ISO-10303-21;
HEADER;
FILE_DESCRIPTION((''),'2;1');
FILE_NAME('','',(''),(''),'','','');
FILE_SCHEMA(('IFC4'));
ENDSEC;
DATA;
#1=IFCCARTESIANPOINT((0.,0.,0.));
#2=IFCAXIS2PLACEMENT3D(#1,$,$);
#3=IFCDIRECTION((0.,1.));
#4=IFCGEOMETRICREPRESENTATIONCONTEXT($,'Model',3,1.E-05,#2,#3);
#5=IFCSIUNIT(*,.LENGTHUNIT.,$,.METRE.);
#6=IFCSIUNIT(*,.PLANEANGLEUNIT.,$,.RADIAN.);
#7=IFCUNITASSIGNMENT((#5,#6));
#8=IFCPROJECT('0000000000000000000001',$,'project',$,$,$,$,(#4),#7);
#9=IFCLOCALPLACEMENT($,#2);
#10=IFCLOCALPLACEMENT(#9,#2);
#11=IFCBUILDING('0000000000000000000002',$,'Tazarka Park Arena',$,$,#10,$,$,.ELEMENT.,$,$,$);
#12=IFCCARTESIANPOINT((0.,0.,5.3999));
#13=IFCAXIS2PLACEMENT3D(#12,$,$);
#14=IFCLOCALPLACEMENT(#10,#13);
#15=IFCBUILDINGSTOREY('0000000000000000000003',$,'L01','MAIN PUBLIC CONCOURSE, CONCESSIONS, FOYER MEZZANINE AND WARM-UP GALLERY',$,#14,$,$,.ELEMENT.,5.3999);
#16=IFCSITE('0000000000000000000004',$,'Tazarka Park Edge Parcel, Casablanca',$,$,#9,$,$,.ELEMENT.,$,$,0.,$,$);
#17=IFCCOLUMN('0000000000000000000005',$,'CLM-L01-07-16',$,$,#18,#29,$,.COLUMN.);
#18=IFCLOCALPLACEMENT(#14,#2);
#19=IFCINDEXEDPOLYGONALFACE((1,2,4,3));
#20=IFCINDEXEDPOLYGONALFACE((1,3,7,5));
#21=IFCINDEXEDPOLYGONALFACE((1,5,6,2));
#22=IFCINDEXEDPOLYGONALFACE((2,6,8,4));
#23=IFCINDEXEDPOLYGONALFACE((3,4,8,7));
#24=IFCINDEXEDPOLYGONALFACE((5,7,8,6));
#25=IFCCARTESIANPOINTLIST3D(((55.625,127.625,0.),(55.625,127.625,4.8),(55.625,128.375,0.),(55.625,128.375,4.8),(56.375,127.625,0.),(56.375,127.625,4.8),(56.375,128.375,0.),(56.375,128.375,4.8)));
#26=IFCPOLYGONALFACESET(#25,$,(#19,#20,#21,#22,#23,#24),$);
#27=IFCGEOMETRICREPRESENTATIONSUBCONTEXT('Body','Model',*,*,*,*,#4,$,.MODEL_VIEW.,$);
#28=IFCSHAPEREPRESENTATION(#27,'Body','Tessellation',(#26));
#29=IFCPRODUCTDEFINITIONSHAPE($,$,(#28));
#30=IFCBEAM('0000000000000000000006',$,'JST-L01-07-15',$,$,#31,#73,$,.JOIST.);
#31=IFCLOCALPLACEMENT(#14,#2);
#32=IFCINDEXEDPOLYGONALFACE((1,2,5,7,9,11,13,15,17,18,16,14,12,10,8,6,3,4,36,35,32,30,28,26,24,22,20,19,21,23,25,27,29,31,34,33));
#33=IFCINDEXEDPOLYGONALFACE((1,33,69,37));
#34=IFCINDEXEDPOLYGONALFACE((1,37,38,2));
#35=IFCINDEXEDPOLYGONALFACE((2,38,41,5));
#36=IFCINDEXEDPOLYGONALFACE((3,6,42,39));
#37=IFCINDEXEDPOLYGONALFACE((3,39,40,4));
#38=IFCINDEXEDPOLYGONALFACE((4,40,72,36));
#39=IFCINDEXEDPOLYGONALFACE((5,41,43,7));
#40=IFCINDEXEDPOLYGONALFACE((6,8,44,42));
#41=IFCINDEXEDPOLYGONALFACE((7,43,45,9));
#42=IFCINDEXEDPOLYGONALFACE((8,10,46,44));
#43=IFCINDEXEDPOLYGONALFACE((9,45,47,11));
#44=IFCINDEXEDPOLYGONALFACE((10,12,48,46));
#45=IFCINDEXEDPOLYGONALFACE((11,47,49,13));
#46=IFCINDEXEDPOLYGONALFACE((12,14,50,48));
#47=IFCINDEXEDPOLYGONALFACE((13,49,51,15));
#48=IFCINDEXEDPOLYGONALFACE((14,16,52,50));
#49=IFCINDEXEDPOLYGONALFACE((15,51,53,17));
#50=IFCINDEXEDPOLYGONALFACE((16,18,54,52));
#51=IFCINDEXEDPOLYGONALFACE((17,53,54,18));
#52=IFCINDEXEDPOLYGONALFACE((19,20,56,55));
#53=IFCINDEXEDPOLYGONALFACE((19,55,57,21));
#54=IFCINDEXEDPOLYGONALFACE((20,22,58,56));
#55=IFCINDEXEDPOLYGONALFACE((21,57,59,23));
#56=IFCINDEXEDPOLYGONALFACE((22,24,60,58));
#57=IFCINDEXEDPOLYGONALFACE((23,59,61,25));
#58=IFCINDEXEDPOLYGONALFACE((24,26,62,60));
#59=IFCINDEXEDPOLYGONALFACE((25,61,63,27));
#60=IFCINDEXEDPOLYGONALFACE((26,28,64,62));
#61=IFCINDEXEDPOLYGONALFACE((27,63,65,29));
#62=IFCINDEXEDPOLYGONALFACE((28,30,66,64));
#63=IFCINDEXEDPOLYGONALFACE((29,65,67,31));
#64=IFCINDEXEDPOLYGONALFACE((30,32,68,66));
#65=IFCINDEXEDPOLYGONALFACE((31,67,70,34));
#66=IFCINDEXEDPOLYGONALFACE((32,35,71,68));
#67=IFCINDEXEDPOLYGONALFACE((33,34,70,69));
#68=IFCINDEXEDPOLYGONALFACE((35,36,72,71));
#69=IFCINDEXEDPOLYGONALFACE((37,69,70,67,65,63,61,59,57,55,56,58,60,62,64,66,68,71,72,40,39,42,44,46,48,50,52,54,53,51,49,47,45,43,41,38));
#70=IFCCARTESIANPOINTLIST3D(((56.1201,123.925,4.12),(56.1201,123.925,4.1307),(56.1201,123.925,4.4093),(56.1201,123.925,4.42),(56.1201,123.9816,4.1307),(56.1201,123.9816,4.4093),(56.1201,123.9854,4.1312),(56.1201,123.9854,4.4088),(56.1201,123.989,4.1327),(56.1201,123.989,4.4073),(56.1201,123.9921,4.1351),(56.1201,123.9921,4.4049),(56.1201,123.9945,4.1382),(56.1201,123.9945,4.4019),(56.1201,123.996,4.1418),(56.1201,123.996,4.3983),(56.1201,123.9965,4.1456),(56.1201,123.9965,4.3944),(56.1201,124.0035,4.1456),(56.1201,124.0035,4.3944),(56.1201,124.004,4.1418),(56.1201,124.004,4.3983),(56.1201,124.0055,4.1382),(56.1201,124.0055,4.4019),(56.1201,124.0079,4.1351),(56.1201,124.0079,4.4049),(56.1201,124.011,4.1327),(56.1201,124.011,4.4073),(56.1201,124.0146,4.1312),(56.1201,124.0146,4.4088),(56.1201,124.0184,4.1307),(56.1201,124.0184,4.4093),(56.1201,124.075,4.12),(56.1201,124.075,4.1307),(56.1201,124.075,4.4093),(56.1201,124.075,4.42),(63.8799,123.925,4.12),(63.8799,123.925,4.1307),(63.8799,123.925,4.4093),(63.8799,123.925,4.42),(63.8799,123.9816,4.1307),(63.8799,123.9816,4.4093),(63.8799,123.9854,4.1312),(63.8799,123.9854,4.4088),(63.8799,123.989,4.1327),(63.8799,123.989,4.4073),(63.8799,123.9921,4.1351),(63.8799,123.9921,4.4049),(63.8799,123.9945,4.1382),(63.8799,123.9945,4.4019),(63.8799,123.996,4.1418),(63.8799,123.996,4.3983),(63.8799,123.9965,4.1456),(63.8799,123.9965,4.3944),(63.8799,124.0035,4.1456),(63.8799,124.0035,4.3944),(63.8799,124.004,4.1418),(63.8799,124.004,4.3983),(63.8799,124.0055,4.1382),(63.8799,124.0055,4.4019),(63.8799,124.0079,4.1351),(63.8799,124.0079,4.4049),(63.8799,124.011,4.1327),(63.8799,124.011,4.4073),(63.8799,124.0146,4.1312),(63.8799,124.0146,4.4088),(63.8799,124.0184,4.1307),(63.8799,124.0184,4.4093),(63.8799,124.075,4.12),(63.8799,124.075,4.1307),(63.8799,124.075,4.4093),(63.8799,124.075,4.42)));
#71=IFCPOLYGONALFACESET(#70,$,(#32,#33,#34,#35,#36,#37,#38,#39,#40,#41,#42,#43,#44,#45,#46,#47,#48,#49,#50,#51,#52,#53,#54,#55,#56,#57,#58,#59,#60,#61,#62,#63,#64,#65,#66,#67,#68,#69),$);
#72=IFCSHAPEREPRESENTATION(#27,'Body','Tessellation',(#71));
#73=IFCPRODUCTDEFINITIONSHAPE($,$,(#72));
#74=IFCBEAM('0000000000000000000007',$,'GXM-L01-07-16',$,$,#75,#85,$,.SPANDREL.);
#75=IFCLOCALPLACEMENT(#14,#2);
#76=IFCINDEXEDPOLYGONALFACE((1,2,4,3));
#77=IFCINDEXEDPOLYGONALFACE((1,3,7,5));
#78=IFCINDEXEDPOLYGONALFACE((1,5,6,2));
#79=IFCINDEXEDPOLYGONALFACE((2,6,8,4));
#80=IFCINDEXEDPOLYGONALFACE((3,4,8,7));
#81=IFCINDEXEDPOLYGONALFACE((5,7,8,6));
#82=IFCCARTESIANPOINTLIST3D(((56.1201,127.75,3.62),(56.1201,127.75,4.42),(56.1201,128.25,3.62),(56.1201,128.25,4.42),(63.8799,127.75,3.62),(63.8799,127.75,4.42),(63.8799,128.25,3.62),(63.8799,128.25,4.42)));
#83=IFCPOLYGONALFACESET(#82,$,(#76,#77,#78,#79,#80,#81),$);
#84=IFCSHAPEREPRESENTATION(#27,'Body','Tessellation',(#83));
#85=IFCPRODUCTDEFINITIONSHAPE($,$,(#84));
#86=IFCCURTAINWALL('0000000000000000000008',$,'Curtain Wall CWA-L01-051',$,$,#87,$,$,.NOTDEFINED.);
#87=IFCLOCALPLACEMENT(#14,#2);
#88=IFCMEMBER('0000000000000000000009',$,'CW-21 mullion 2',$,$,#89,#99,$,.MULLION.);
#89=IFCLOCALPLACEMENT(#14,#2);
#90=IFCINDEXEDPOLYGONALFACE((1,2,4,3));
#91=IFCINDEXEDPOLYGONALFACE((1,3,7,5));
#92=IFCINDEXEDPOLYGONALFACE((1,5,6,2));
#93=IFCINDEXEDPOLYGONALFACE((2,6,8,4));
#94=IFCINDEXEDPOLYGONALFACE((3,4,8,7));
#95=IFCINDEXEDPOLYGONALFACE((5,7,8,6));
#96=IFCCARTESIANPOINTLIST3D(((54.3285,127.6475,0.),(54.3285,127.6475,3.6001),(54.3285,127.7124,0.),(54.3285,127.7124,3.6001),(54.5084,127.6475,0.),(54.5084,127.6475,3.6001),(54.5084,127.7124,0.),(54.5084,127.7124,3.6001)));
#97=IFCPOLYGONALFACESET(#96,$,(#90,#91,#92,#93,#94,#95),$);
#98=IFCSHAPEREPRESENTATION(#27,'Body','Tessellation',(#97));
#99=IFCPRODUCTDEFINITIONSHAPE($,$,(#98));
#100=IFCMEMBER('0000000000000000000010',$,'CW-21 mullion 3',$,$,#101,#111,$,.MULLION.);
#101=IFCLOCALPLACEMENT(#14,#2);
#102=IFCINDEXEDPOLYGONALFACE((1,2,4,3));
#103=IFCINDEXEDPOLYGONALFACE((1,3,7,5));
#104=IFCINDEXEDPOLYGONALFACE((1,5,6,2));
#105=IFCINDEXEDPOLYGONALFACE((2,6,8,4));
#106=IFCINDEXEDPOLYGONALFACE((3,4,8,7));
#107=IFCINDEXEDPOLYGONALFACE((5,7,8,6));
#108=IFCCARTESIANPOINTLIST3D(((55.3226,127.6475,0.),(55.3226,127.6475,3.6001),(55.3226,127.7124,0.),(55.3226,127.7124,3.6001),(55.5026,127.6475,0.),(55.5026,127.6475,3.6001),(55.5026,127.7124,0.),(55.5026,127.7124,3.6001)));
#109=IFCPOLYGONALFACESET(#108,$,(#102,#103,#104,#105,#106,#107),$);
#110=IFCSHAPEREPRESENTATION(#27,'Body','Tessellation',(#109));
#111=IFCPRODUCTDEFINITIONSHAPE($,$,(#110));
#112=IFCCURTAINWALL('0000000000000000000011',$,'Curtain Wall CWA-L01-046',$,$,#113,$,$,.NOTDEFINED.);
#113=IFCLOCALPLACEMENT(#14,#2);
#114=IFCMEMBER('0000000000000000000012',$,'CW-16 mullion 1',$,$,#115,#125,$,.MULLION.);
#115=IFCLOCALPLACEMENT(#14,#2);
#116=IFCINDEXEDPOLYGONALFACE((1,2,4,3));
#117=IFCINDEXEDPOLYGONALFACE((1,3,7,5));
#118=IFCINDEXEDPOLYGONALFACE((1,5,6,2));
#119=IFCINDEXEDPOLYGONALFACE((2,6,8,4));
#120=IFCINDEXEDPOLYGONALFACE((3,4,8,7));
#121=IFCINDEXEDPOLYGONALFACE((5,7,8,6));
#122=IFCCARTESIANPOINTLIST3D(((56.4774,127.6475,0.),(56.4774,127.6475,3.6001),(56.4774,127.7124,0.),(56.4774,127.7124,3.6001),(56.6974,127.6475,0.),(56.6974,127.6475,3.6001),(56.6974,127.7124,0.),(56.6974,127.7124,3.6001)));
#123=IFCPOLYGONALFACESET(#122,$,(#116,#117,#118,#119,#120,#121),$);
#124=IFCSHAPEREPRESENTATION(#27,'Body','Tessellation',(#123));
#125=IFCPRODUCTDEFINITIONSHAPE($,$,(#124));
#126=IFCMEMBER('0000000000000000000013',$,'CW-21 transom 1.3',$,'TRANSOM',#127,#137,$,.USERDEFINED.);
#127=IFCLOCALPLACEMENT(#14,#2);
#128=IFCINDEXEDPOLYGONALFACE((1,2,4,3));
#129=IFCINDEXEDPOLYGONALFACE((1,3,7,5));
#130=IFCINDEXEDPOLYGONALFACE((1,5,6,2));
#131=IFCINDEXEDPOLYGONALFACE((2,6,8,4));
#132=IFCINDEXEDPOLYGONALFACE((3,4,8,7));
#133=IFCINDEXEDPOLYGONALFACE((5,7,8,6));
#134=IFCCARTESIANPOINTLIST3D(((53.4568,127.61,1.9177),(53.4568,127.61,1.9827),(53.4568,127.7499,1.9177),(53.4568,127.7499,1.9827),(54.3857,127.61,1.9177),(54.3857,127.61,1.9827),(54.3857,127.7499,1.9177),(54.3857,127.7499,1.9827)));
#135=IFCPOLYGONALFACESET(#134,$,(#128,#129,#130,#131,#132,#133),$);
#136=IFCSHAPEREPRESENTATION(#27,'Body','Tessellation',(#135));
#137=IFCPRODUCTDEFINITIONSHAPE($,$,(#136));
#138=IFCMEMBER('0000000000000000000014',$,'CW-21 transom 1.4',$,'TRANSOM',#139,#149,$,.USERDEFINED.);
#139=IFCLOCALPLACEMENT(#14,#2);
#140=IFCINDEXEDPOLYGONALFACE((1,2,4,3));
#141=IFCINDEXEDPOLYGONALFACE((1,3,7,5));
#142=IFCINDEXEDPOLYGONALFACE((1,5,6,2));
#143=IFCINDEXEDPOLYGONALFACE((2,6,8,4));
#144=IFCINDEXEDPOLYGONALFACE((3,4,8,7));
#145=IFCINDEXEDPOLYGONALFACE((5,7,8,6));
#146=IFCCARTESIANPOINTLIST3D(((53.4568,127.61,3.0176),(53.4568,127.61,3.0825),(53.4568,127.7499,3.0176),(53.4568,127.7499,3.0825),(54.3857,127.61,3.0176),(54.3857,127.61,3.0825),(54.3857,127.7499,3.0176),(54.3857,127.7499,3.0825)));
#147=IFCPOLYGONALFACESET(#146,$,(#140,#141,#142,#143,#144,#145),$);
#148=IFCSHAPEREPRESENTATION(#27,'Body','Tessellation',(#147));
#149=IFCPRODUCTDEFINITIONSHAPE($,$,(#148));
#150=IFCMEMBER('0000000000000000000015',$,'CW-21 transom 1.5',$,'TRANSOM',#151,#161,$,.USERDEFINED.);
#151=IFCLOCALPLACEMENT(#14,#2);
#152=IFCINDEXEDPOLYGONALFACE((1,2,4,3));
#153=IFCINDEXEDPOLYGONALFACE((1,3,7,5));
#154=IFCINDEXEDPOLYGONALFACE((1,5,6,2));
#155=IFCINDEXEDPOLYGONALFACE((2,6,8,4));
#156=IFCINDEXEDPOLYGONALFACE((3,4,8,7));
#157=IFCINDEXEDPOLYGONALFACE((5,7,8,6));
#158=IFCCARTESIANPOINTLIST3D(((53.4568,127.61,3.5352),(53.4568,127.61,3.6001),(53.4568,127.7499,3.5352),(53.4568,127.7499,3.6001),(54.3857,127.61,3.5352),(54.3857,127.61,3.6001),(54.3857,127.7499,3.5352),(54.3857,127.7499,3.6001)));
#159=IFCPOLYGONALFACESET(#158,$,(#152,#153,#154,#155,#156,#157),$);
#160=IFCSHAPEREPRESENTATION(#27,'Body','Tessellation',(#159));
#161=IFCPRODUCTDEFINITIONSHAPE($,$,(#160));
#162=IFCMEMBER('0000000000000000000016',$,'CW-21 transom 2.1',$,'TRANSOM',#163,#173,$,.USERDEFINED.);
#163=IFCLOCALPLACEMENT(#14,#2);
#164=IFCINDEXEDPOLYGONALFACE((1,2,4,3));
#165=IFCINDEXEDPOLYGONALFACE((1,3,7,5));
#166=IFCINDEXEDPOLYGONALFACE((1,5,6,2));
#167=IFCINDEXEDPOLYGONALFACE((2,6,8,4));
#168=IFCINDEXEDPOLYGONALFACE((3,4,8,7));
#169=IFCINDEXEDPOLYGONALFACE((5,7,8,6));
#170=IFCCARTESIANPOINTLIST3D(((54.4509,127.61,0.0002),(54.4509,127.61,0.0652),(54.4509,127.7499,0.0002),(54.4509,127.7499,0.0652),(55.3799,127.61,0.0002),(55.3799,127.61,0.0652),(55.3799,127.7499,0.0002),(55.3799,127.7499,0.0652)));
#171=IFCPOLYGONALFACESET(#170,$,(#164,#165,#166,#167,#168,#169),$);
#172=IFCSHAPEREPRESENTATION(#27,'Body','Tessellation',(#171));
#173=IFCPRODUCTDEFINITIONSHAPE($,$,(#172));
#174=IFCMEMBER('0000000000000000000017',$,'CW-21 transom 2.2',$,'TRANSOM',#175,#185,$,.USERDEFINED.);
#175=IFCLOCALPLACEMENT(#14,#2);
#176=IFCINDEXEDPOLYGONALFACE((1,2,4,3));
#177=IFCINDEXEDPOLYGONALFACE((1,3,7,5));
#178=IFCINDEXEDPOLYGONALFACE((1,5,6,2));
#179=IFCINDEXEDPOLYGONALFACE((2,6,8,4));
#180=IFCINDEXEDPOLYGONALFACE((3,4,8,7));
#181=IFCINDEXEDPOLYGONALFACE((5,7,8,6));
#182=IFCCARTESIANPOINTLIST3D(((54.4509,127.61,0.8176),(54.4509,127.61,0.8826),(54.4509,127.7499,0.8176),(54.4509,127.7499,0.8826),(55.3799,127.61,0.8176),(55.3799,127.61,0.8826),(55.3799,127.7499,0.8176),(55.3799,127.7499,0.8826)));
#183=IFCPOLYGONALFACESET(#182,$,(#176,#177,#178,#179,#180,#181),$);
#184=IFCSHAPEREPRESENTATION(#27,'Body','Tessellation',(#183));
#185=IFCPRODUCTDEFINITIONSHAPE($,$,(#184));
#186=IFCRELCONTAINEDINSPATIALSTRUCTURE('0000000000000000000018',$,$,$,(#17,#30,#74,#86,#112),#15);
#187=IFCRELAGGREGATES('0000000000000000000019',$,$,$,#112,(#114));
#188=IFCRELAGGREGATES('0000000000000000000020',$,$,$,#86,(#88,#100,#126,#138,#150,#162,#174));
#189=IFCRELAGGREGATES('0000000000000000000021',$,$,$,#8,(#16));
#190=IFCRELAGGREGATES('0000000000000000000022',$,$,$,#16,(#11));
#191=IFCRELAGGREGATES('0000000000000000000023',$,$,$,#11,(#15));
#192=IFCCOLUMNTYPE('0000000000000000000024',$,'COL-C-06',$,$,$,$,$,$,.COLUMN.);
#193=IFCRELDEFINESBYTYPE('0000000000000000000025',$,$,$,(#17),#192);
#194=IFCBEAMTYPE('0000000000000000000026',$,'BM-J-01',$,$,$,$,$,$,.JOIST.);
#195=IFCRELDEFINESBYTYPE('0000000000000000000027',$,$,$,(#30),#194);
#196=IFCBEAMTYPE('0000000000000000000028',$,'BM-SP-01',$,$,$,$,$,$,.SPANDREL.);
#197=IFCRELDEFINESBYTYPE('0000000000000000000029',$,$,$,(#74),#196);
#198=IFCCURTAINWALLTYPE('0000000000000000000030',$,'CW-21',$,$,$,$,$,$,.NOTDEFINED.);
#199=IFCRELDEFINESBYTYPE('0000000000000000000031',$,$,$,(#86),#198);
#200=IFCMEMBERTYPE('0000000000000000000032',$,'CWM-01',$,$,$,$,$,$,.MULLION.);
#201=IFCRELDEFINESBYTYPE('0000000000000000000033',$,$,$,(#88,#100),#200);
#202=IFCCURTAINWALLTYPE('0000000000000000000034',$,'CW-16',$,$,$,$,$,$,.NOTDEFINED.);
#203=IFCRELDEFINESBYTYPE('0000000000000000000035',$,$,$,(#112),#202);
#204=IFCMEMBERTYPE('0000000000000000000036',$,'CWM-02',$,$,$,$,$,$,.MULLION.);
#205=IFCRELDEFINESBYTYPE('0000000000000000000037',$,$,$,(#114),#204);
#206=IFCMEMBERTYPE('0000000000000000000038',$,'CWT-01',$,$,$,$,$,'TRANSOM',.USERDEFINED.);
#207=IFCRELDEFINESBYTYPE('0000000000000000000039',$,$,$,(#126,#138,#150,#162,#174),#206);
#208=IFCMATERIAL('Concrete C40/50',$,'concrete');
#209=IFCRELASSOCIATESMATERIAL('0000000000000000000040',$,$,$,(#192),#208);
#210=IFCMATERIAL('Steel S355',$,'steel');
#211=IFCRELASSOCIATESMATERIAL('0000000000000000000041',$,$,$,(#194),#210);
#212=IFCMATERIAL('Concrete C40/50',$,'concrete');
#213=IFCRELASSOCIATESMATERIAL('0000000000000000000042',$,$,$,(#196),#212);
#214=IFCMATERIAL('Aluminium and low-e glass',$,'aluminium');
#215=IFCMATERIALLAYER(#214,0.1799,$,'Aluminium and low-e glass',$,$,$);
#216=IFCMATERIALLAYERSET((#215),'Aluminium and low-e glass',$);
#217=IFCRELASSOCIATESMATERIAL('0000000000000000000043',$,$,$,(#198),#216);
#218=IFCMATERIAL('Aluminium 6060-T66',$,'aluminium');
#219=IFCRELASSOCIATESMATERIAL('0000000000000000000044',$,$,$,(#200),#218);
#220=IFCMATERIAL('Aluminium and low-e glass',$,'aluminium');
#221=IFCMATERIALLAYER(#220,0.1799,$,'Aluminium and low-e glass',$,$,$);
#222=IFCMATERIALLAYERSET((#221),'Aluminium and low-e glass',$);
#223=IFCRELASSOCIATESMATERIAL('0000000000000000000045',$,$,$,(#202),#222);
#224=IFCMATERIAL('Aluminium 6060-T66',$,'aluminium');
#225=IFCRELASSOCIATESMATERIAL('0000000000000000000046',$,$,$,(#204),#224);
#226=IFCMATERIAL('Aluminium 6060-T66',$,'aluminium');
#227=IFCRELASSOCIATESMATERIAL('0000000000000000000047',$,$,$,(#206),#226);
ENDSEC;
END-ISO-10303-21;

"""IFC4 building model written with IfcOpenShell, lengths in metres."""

from ifc_helpers import new_model, si_unit, direction, frame, origin, origin_2d, place, context, subcontext, project, spatial, rectangle, i_section, extrude, material, layer, layer_set, material_profile, profile_set, type_object, element, aggregate, save


model = new_model("IFC4")

# Units and contexts
model_context = context("Model", 3, precision=1e-05, world=origin(), true_north=direction((0.0, 1.0)))
body_context = subcontext(model_context, "Body", "Model", "MODEL_VIEW")
ifc_project = project(units=[si_unit("LENGTHUNIT", "METRE"), si_unit("PLANEANGLEUNIT", "RADIAN")], contexts=[model_context])

# Site, building, storey
site_placement = place(None, origin())
site = spatial("IfcSite", under=ifc_project, at=site_placement, Name="Tazarka Park Edge Parcel, Casablanca", CompositionType="ELEMENT", RefElevation=0.0)
building_placement = place(site_placement, origin())
building = spatial("IfcBuilding", under=site, at=building_placement, Name="Tazarka Park Arena", CompositionType="ELEMENT")
storey_placement = place(building_placement, frame((0.0, 0.0, 5.3999)))
storey = spatial("IfcBuildingStorey", under=building, at=storey_placement, Name="L01", Description="MAIN PUBLIC CONCOURSE, CONCESSIONS, FOYER MEZZANINE AND WARM-UP GALLERY", CompositionType="ELEMENT", Elevation=5.3999)

# Column
ifc_material_1 = material(Name="Concrete C40/50", Category="concrete")
ifc_material_profile_1 = material_profile(ifc_material_1, rectangle(XDim=0.75, YDim=0.75, at=origin_2d()), Name="Concrete C40/50")
ifc_profile_set_1 = profile_set([ifc_material_profile_1], Name="Concrete C40/50")
column_type = type_object("IfcColumnType", Name="COL-C-06", PredefinedType="COLUMN", material=ifc_profile_set_1)
column_placement = place(storey_placement, frame((56.0, 128.0, 0.0), z_axis=(0.0, 0.0, 1.0), x_axis=(1.0, 0.0, 0.0)))
element("IfcColumn", 1, at=column_placement, inside=storey, type_object=column_type, Name="CLM-L01-07-16", PredefinedType="COLUMN", context=body_context, shape_type="SweptSolid", body=[
    extrude(rectangle(XDim=0.75, YDim=0.75, at=origin_2d()), origin(), (0.0, 0.0, 1.0), 4.8),
])

# Beams
ifc_material_2 = material(Name="Steel S355", Category="steel")
ifc_material_profile_2 = material_profile(ifc_material_2, i_section(OverallWidth=0.1499, OverallDepth=0.3, WebThickness=0.0071, FlangeThickness=0.0107, FilletRadius=0.0149, at=origin_2d()), Name="Steel S355")
ifc_profile_set_2 = profile_set([ifc_material_profile_2], Name="Steel S355")
beam_type_1 = type_object("IfcBeamType", Name="BM-J-01", PredefinedType="JOIST", material=ifc_profile_set_2)
beam_1_placement = place(storey_placement, frame((56.1201, 124.0, 4.27), z_axis=(1.0, 0.0, 0.0), x_axis=(0.0, 1.0, 0.0)))
element("IfcBeam", 2, at=beam_1_placement, inside=storey, type_object=beam_type_1, Name="JST-L01-07-15", PredefinedType="JOIST", context=body_context, shape_type="SweptSolid", body=[
    extrude(i_section(OverallWidth=0.1499, OverallDepth=0.3, WebThickness=0.0071, FlangeThickness=0.0107, FilletRadius=0.0149, at=origin_2d()), origin(), (0.0, 0.0, 1.0), 7.7598),
])
ifc_material_3 = material(Name="Concrete C40/50", Category="concrete")
ifc_material_profile_3 = material_profile(ifc_material_3, rectangle(XDim=0.5, YDim=0.8, at=origin_2d()), Name="Concrete C40/50")
ifc_profile_set_3 = profile_set([ifc_material_profile_3], Name="Concrete C40/50")
beam_type_2 = type_object("IfcBeamType", Name="BM-SP-01", PredefinedType="SPANDREL", material=ifc_profile_set_3)
beam_2_placement = place(storey_placement, frame((56.1201, 128.0, 4.02), z_axis=(1.0, 0.0, 0.0), x_axis=(0.0, 1.0, 0.0)))
element("IfcBeam", 3, at=beam_2_placement, inside=storey, type_object=beam_type_2, Name="GXM-L01-07-16", PredefinedType="SPANDREL", context=body_context, shape_type="SweptSolid", body=[
    extrude(rectangle(XDim=0.5, YDim=0.8, at=origin_2d()), origin(), (0.0, 0.0, 1.0), 7.7598),
])

# Curtain wall, members
ifc_material_4 = material(Name="Aluminium and low-e glass", Category="aluminium")
ifc_layer_1 = layer(ifc_material_4, 0.1799, Name="Aluminium and low-e glass")
ifc_layer_set_1 = layer_set([ifc_layer_1], Name="Aluminium and low-e glass")
curtain_wall_type_1 = type_object("IfcCurtainWallType", Name="CW-21", PredefinedType="NOTDEFINED", material=ifc_layer_set_1)
curtain_wall_1_placement = place(storey_placement, origin())
curtain_wall_1 = element("IfcCurtainWall", 4, at=curtain_wall_1_placement, inside=storey, type_object=curtain_wall_type_1, Name="Curtain Wall CWA-L01-051", PredefinedType="NOTDEFINED")
ifc_material_5 = material(Name="Aluminium 6060-T66", Category="aluminium")
ifc_material_profile_4 = material_profile(ifc_material_5, rectangle(XDim=0.0649, YDim=0.1799, at=origin_2d()), Name="Aluminium 6060-T66")
ifc_profile_set_4 = profile_set([ifc_material_profile_4], Name="Aluminium 6060-T66")
member_type_1 = type_object("IfcMemberType", Name="CWM-01", PredefinedType="MULLION", material=ifc_profile_set_4)
member_1_placement = place(storey_placement, frame((54.4185, 127.6799, 0.0), z_axis=(0.0, 0.0, 1.0), x_axis=(0.0, 1.0, 0.0)))
member_1 = element("IfcMember", 5, at=member_1_placement, type_object=member_type_1, Name="CW-21 mullion 2", PredefinedType="MULLION", context=body_context, shape_type="SweptSolid", body=[
    extrude(rectangle(XDim=0.0649, YDim=0.1799, at=origin_2d()), origin(), (0.0, 0.0, 1.0), 3.6001),
])
member_2_placement = place(storey_placement, frame((55.4126, 127.6799, 0.0), z_axis=(0.0, 0.0, 1.0), x_axis=(0.0, 1.0, 0.0)))
member_2 = element("IfcMember", 6, at=member_2_placement, type_object=member_type_1, Name="CW-21 mullion 3", PredefinedType="MULLION", context=body_context, shape_type="SweptSolid", body=[
    extrude(rectangle(XDim=0.0649, YDim=0.1799, at=origin_2d()), origin(), (0.0, 0.0, 1.0), 3.6001),
])

# Curtain wall, member
ifc_material_6 = material(Name="Aluminium and low-e glass", Category="aluminium")
ifc_layer_2 = layer(ifc_material_6, 0.1799, Name="Aluminium and low-e glass")
ifc_layer_set_2 = layer_set([ifc_layer_2], Name="Aluminium and low-e glass")
curtain_wall_type_2 = type_object("IfcCurtainWallType", Name="CW-16", PredefinedType="NOTDEFINED", material=ifc_layer_set_2)
curtain_wall_2_placement = place(storey_placement, origin())
curtain_wall_2 = element("IfcCurtainWall", 7, at=curtain_wall_2_placement, inside=storey, type_object=curtain_wall_type_2, Name="Curtain Wall CWA-L01-046", PredefinedType="NOTDEFINED")
ifc_material_7 = material(Name="Aluminium 6060-T66", Category="aluminium")
ifc_material_profile_5 = material_profile(ifc_material_7, rectangle(XDim=0.0649, YDim=0.22, at=origin_2d()), Name="Aluminium 6060-T66")
ifc_profile_set_5 = profile_set([ifc_material_profile_5], Name="Aluminium 6060-T66")
member_type_2 = type_object("IfcMemberType", Name="CWM-02", PredefinedType="MULLION", material=ifc_profile_set_5)
member_3_placement = place(storey_placement, frame((56.5874, 127.6799, 0.0), z_axis=(0.0, 0.0, 1.0), x_axis=(0.0, 1.0, 0.0)))
member_3 = element("IfcMember", 8, at=member_3_placement, type_object=member_type_2, Name="CW-16 mullion 1", PredefinedType="MULLION", context=body_context, shape_type="SweptSolid", body=[
    extrude(rectangle(XDim=0.0649, YDim=0.22, at=origin_2d()), origin(), (0.0, 0.0, 1.0), 3.6001),
])

# Members
ifc_material_8 = material(Name="Aluminium 6060-T66", Category="aluminium")
ifc_material_profile_6 = material_profile(ifc_material_8, rectangle(XDim=0.1399, YDim=0.0649, at=origin_2d()), Name="Aluminium 6060-T66")
ifc_profile_set_6 = profile_set([ifc_material_profile_6], Name="Aluminium 6060-T66")
member_type_3 = type_object("IfcMemberType", Name="CWT-01", ElementType="TRANSOM", PredefinedType="USERDEFINED", material=ifc_profile_set_6)
member_4_placement = place(storey_placement, frame((53.4568, 127.6799, 1.9502), z_axis=(1.0, 0.0, 0.0), x_axis=(0.0, 1.0, 0.0)))
member_4 = element("IfcMember", 9, at=member_4_placement, type_object=member_type_3, Name="CW-21 transom 1.3", ObjectType="TRANSOM", PredefinedType="USERDEFINED", context=body_context, shape_type="SweptSolid", body=[
    extrude(rectangle(XDim=0.1399, YDim=0.0649, at=origin_2d()), origin(), (0.0, 0.0, 1.0), 0.929),
])
member_5_placement = place(storey_placement, frame((53.4568, 127.6799, 3.05), z_axis=(1.0, 0.0, 0.0), x_axis=(0.0, 1.0, 0.0)))
member_5 = element("IfcMember", 10, at=member_5_placement, type_object=member_type_3, Name="CW-21 transom 1.4", ObjectType="TRANSOM", PredefinedType="USERDEFINED", context=body_context, shape_type="SweptSolid", body=[
    extrude(rectangle(XDim=0.1399, YDim=0.0649, at=origin_2d()), origin(), (0.0, 0.0, 1.0), 0.929),
])
member_6_placement = place(storey_placement, frame((53.4568, 127.6799, 3.5676), z_axis=(1.0, 0.0, 0.0), x_axis=(0.0, 1.0, 0.0)))
member_6 = element("IfcMember", 11, at=member_6_placement, type_object=member_type_3, Name="CW-21 transom 1.5", ObjectType="TRANSOM", PredefinedType="USERDEFINED", context=body_context, shape_type="SweptSolid", body=[
    extrude(rectangle(XDim=0.1399, YDim=0.0649, at=origin_2d()), origin(), (0.0, 0.0, 1.0), 0.929),
])
member_7_placement = place(storey_placement, frame((54.4509, 127.6799, 0.0327), z_axis=(1.0, 0.0, 0.0), x_axis=(0.0, 1.0, 0.0)))
member_7 = element("IfcMember", 12, at=member_7_placement, type_object=member_type_3, Name="CW-21 transom 2.1", ObjectType="TRANSOM", PredefinedType="USERDEFINED", context=body_context, shape_type="SweptSolid", body=[
    extrude(rectangle(XDim=0.1399, YDim=0.0649, at=origin_2d()), origin(), (0.0, 0.0, 1.0), 0.929),
])
member_8_placement = place(storey_placement, frame((54.4509, 127.6799, 0.8501), z_axis=(1.0, 0.0, 0.0), x_axis=(0.0, 1.0, 0.0)))
member_8 = element("IfcMember", 13, at=member_8_placement, type_object=member_type_3, Name="CW-21 transom 2.2", ObjectType="TRANSOM", PredefinedType="USERDEFINED", context=body_context, shape_type="SweptSolid", body=[
    extrude(rectangle(XDim=0.1399, YDim=0.0649, at=origin_2d()), origin(), (0.0, 0.0, 1.0), 0.929),
])
aggregate(curtain_wall_2, [member_3])

aggregate(curtain_wall_1, [member_1, member_2, member_4, member_5, member_6, member_7, member_8])

save(model, "model.ifc")
